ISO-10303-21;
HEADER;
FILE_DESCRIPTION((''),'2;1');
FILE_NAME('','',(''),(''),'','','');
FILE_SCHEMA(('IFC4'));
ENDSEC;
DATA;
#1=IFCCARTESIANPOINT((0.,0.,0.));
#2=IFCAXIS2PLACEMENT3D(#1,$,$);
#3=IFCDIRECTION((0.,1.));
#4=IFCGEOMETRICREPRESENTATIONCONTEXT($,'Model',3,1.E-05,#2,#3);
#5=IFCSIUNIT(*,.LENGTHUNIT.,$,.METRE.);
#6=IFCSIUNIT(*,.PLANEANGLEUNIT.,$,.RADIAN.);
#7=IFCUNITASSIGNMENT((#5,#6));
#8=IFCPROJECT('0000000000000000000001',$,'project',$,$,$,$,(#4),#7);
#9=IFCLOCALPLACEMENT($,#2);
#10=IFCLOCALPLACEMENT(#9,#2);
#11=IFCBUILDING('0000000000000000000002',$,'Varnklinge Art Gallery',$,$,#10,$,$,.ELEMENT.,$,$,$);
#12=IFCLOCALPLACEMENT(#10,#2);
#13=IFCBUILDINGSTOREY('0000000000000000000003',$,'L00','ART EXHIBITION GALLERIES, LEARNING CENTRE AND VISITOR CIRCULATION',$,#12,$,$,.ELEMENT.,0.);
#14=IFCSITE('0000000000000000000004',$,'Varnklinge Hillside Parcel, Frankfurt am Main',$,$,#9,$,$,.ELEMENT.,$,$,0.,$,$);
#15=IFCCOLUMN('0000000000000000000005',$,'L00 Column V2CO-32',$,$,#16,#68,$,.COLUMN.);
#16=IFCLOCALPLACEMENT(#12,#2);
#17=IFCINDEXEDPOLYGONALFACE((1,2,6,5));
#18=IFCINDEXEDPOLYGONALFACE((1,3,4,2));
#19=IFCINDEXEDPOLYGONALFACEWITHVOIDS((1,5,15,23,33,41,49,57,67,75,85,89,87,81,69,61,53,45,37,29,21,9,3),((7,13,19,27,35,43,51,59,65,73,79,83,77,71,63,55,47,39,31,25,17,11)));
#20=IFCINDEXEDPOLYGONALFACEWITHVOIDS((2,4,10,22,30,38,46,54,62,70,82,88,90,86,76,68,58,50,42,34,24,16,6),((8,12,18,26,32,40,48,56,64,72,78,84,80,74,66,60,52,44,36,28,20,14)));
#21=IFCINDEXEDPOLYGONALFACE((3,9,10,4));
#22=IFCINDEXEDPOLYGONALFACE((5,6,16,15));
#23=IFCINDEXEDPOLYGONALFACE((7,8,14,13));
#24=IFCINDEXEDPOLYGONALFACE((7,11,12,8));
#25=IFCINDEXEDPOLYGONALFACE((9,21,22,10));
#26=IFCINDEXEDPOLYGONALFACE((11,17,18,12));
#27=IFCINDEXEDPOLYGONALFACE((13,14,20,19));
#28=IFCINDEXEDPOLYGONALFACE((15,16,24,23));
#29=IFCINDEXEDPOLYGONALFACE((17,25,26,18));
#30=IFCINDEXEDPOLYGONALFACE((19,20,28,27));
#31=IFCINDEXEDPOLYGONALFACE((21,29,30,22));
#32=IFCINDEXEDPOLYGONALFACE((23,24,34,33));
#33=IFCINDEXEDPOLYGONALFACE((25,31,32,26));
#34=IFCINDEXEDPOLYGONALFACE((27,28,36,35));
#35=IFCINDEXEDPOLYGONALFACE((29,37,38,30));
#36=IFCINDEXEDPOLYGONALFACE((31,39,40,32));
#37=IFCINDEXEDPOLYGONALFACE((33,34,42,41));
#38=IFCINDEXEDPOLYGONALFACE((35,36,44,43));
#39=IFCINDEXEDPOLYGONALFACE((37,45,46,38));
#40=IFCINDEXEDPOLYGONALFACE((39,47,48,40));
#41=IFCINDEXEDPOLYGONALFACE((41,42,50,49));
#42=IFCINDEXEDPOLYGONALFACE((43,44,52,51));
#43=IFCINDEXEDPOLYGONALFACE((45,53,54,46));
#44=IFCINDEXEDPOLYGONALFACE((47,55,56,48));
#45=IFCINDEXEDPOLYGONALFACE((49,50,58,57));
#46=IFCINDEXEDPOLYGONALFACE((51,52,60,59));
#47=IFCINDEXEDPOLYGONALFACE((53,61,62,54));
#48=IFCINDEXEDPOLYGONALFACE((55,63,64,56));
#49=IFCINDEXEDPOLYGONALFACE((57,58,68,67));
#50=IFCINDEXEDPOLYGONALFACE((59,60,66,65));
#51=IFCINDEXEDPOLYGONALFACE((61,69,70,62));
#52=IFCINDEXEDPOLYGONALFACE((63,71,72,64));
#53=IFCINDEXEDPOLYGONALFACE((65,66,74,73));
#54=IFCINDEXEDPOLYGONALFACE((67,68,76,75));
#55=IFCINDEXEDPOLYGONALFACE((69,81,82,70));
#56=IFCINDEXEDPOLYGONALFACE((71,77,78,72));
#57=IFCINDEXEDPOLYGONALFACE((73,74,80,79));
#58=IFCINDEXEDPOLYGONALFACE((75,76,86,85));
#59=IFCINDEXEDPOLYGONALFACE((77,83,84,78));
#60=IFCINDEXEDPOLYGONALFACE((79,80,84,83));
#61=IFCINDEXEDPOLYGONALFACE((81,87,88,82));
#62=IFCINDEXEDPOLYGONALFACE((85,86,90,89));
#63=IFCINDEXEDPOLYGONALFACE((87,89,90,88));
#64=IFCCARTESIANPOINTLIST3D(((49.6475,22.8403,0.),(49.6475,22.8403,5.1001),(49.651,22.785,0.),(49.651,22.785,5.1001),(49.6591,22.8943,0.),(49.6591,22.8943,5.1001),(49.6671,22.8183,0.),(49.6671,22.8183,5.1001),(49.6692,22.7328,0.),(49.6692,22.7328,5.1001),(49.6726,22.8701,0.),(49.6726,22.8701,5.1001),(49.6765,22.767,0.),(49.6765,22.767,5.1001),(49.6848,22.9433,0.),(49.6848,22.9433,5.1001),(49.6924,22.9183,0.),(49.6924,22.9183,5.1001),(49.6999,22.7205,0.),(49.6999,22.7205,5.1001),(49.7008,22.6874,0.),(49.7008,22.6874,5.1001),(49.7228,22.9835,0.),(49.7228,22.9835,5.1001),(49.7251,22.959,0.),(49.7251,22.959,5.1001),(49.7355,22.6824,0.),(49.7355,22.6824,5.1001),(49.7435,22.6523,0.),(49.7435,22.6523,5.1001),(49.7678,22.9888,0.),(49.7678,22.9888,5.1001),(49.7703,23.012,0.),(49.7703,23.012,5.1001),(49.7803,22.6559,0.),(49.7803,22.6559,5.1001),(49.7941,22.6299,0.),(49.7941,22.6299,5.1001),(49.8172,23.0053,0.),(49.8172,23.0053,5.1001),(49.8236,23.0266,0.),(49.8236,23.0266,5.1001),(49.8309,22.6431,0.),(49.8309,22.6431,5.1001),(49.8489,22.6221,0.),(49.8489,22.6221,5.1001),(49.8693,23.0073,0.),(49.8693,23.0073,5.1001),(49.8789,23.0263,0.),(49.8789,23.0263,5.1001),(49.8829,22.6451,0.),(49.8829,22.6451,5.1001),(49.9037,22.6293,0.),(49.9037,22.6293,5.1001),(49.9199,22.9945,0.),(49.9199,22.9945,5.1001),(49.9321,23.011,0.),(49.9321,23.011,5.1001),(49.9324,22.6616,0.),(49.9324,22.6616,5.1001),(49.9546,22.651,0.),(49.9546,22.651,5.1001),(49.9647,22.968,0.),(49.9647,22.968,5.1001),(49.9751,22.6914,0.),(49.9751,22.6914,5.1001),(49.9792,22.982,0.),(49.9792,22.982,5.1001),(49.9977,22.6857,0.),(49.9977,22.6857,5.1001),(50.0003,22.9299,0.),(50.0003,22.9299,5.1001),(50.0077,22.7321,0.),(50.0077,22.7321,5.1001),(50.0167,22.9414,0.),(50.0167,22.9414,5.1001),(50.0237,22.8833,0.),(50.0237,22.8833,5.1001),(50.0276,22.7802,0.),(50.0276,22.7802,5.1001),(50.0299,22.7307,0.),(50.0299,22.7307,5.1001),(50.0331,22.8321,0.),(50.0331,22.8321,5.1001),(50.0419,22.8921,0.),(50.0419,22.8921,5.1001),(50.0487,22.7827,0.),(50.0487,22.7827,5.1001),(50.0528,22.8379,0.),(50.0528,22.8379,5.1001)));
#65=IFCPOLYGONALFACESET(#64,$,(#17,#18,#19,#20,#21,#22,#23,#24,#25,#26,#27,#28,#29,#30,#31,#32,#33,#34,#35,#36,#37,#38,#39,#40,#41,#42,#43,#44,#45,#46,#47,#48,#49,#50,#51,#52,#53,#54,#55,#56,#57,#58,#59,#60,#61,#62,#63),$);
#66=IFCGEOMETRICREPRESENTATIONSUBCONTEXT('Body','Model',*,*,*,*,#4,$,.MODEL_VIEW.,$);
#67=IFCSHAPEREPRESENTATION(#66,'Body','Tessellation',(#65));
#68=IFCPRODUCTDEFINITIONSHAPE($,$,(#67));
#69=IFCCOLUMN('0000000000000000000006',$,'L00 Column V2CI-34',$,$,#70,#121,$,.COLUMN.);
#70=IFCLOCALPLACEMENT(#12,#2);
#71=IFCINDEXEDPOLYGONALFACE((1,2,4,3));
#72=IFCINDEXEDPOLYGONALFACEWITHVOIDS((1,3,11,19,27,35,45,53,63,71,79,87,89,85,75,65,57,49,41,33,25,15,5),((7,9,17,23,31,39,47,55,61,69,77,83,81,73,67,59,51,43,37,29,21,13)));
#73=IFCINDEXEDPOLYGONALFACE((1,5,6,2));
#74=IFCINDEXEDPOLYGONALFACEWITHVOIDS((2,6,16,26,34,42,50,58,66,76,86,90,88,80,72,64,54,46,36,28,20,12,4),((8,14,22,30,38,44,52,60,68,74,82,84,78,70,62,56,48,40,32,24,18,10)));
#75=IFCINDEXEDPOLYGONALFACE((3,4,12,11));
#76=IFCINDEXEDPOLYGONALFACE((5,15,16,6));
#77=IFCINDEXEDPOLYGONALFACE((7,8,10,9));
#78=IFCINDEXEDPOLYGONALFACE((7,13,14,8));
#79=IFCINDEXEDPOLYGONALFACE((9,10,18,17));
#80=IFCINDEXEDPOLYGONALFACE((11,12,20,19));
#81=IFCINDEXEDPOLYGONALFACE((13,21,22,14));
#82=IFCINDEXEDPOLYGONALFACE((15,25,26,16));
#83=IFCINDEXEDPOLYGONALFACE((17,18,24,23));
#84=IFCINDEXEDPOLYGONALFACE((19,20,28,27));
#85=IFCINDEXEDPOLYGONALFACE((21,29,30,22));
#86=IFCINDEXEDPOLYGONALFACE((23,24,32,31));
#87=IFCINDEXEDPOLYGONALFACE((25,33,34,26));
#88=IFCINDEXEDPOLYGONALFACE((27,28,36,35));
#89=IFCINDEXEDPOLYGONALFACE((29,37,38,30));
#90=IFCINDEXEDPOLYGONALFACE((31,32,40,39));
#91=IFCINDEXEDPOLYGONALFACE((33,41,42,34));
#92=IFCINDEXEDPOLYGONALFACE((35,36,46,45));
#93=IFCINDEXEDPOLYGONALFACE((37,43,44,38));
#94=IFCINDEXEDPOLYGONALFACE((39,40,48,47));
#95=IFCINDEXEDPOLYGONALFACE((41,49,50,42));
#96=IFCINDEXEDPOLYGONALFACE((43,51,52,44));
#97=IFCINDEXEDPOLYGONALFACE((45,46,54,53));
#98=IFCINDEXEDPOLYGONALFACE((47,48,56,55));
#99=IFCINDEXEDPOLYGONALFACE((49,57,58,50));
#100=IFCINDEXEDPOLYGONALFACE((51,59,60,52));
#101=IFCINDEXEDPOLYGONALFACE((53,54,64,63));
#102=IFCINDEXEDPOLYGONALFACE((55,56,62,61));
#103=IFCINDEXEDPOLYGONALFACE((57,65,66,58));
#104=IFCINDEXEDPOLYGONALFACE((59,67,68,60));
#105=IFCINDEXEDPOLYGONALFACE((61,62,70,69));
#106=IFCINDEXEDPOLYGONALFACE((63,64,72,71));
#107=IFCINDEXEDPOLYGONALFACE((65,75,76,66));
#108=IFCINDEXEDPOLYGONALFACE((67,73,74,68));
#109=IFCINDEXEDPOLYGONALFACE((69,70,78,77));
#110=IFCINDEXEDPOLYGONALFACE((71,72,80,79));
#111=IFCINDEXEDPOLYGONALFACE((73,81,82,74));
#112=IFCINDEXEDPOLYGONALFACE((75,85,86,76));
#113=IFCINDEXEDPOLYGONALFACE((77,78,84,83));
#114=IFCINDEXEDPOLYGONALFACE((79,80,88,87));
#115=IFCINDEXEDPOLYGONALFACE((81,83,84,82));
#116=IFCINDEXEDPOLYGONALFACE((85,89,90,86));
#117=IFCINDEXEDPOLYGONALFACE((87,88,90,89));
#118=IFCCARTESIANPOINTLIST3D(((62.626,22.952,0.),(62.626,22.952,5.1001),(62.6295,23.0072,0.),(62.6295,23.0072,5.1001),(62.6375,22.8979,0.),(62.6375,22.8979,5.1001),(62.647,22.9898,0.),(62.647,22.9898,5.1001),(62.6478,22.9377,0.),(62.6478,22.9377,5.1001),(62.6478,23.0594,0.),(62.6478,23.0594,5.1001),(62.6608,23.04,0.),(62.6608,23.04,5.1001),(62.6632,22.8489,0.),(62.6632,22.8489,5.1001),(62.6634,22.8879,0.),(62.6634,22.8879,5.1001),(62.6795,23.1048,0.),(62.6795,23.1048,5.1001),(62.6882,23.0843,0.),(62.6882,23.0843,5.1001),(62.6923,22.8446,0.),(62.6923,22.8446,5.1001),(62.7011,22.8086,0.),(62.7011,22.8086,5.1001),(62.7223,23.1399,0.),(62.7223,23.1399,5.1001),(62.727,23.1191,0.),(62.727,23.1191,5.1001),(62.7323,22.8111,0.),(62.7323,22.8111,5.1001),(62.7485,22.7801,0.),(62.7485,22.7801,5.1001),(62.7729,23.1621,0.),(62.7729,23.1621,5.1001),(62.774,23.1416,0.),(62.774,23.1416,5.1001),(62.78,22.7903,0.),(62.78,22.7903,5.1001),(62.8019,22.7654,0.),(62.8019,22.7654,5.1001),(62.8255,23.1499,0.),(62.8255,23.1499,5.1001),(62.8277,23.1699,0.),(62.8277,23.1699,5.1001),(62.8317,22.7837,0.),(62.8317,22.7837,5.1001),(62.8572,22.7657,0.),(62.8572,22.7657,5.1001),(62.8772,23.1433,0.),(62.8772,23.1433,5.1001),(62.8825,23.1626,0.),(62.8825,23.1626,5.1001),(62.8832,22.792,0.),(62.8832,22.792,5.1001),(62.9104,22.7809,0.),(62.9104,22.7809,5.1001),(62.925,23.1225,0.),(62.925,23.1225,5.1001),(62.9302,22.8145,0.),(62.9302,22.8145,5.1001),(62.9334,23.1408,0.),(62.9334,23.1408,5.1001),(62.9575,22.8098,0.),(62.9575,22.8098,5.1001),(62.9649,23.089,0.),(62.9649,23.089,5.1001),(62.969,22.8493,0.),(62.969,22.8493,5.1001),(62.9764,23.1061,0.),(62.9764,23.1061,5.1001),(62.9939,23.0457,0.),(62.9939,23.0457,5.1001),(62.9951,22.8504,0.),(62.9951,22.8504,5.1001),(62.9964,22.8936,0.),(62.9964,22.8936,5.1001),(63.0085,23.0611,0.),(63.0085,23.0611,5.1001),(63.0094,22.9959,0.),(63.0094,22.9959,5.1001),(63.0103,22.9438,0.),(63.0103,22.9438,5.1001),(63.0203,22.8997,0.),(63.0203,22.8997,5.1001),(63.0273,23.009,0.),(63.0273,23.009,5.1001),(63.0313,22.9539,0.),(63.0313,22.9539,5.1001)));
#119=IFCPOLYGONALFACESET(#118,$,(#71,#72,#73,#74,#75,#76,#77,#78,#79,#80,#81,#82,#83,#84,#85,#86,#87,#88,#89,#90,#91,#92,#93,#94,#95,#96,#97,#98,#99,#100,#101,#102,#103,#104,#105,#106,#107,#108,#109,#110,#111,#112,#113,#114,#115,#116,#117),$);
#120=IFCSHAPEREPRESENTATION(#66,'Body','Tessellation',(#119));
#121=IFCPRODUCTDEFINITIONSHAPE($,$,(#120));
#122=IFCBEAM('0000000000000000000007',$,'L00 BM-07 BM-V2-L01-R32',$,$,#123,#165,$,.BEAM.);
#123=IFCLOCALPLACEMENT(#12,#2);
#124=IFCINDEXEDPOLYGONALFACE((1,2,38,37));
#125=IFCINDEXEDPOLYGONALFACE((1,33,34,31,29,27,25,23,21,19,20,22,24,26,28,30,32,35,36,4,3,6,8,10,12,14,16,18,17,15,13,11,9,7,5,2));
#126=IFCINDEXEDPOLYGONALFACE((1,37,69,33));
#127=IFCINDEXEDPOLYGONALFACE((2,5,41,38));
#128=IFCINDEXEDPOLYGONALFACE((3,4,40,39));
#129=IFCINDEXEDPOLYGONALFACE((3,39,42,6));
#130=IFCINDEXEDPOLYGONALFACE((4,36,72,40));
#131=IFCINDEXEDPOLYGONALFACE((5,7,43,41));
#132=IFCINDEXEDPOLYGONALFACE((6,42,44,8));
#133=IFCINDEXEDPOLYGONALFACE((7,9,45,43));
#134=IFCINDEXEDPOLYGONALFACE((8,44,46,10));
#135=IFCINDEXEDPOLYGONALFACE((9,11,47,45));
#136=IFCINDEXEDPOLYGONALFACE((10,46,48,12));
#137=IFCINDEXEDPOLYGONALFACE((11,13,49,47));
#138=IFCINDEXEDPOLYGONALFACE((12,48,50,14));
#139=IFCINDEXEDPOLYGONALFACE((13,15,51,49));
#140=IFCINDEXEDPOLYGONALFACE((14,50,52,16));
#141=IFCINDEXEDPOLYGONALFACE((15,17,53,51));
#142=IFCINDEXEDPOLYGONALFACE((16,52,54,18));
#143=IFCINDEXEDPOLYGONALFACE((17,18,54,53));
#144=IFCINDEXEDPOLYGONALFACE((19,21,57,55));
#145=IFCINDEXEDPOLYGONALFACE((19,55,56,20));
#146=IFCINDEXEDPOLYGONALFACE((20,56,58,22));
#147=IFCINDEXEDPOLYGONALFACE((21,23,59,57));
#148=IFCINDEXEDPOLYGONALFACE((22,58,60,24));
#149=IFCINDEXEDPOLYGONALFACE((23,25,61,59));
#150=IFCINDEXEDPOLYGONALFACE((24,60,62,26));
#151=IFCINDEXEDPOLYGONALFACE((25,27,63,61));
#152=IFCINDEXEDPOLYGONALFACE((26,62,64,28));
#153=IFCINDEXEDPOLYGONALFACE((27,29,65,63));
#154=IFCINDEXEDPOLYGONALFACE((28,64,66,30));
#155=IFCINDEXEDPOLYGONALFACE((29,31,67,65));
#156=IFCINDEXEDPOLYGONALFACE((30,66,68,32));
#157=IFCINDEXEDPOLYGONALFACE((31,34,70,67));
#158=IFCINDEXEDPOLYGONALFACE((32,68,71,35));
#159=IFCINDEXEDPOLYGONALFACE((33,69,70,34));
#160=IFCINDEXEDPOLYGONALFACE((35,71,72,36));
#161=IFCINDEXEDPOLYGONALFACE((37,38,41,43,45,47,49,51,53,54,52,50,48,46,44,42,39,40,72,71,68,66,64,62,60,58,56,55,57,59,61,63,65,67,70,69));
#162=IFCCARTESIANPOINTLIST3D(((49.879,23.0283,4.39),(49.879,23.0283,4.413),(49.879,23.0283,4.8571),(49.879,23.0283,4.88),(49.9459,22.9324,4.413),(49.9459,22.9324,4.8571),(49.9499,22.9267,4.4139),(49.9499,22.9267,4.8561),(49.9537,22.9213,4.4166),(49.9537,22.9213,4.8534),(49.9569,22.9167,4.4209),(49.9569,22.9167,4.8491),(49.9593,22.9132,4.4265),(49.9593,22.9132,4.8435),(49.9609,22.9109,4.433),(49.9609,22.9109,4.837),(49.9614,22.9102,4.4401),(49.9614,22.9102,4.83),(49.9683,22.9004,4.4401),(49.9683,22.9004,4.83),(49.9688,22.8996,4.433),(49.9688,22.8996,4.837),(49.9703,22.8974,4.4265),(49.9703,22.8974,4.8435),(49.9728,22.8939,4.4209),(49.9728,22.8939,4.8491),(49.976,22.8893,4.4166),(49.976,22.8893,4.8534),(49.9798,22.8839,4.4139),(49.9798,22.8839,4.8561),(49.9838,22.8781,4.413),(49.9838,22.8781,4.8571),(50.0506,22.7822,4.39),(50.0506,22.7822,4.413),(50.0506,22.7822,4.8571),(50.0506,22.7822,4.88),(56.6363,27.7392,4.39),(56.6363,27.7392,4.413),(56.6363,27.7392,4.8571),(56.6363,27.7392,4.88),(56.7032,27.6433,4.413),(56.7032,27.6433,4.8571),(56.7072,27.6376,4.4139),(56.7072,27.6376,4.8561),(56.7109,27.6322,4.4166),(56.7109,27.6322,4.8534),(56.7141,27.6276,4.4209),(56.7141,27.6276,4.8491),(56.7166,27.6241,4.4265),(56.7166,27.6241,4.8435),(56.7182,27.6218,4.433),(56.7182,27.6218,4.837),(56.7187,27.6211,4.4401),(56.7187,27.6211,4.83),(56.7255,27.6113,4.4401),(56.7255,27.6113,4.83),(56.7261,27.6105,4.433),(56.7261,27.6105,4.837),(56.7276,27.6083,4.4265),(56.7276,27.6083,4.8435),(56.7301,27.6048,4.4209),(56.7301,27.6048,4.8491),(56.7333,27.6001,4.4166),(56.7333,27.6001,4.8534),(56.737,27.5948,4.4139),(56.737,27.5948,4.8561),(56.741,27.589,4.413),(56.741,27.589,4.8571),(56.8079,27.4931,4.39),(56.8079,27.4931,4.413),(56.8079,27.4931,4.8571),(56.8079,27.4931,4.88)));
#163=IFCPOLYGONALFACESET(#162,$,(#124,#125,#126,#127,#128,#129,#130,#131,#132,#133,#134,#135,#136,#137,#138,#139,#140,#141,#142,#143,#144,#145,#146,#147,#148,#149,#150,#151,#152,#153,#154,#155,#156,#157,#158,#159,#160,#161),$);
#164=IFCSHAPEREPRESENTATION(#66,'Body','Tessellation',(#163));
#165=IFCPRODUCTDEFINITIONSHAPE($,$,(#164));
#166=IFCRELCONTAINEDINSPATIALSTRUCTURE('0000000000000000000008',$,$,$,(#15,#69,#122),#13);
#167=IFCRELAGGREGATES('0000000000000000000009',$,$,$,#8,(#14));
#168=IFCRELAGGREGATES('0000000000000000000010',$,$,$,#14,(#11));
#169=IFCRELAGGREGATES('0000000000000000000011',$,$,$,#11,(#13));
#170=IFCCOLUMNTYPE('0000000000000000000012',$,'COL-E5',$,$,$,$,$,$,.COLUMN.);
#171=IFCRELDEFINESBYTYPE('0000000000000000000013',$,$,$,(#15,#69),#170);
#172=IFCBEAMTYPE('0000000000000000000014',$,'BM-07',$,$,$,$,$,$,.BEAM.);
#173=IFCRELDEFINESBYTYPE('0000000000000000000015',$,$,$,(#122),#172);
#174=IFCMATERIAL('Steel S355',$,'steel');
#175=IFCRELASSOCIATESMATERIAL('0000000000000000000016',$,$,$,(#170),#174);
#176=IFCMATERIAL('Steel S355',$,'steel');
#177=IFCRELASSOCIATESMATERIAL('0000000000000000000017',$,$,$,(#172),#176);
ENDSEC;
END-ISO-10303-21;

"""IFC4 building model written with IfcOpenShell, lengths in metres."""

from ifc_helpers import new_model, si_unit, direction, frame, origin, origin_2d, place, context, subcontext, project, spatial, hollow_circle, i_section, extrude, material, material_profile, profile_set, type_object, element, save


model = new_model("IFC4")

# Units and contexts
model_context = context("Model", 3, precision=1e-05, world=origin(), true_north=direction((0.0, 1.0)))
body_context = subcontext(model_context, "Body", "Model", "MODEL_VIEW")
ifc_project = project(units=[si_unit("LENGTHUNIT", "METRE"), si_unit("PLANEANGLEUNIT", "RADIAN")], contexts=[model_context])

# Site, building, storey
site_placement = place(None, origin())
site = spatial("IfcSite", under=ifc_project, at=site_placement, Name="Varnklinge Hillside Parcel, Frankfurt am Main", CompositionType="ELEMENT", RefElevation=0.0)
building_placement = place(site_placement, origin())
building = spatial("IfcBuilding", under=site, at=building_placement, Name="Varnklinge Art Gallery", CompositionType="ELEMENT")
storey_placement = place(building_placement, origin())
storey = spatial("IfcBuildingStorey", under=building, at=storey_placement, Name="L00", Description="ART EXHIBITION GALLERIES, LEARNING CENTRE AND VISITOR CIRCULATION", CompositionType="ELEMENT", Elevation=0.0)

# Columns
ifc_material_1 = material(Name="Steel S355", Category="steel")
ifc_material_profile_1 = material_profile(ifc_material_1, hollow_circle(Radius=0.2031, WallThickness=0.02, at=origin_2d()), Name="CHS 406.4x20")
ifc_profile_set_1 = profile_set([ifc_material_profile_1], Name="Steel S355")
column_type = type_object("IfcColumnType", Name="COL-E5", PredefinedType="COLUMN", material=ifc_profile_set_1)
for number, where, z_axis, x_axis, name in (
    (1, (49.8501, 22.8252, 0.0), (0.0, 0.0, 1.0), (0.820352, 0.57186, 0.0), "L00 Column V2CO-32"),
    (2, (62.8286, 22.9668, 0.0), (0.0, 0.0, 1.0), (0.265388, 0.964142, 0.0), "L00 Column V2CI-34"),
):
    element("IfcColumn", number, at=place(storey_placement, frame(where, z_axis=z_axis, x_axis=x_axis)), inside=storey, type_object=column_type, Name=name, PredefinedType="COLUMN", context=body_context, shape_type="SweptSolid", body=[
        extrude(hollow_circle(Radius=0.2031, WallThickness=0.02, at=origin_2d()), origin(), (0.0, 0.0, 1.0), 5.1001),
    ])

# Beam
ifc_material_2 = material(Name="Steel S355", Category="steel")
ifc_material_profile_2 = material_profile(ifc_material_2, i_section(OverallWidth=0.3, OverallDepth=0.49, WebThickness=0.012, FlangeThickness=0.0229, FilletRadius=0.0271, at=origin_2d()), Name="HEA 500")
ifc_profile_set_2 = profile_set([ifc_material_profile_2], Name="Steel S355")
beam_type_1 = type_object("IfcBeamType", Name="BM-07", PredefinedType="BEAM", material=ifc_profile_set_2)
beam_1_placement = place(storey_placement, frame((49.9648, 22.9053, 4.635), z_axis=(0.820325, 0.571898, 0.0), x_axis=(-0.571898, 0.820325, 0.0)))
element("IfcBeam", 3, at=beam_1_placement, inside=storey, type_object=beam_type_1, Name="L00 BM-07 BM-V2-L01-R32", PredefinedType="BEAM", context=body_context, shape_type="SweptSolid", body=[
    extrude(i_section(OverallWidth=0.3, OverallDepth=0.49, WebThickness=0.012, FlangeThickness=0.0229, FilletRadius=0.0271, at=origin_2d()), origin(), (0.0, 0.0, 1.0), 8.2373),
])

save(model, "model.ifc")
